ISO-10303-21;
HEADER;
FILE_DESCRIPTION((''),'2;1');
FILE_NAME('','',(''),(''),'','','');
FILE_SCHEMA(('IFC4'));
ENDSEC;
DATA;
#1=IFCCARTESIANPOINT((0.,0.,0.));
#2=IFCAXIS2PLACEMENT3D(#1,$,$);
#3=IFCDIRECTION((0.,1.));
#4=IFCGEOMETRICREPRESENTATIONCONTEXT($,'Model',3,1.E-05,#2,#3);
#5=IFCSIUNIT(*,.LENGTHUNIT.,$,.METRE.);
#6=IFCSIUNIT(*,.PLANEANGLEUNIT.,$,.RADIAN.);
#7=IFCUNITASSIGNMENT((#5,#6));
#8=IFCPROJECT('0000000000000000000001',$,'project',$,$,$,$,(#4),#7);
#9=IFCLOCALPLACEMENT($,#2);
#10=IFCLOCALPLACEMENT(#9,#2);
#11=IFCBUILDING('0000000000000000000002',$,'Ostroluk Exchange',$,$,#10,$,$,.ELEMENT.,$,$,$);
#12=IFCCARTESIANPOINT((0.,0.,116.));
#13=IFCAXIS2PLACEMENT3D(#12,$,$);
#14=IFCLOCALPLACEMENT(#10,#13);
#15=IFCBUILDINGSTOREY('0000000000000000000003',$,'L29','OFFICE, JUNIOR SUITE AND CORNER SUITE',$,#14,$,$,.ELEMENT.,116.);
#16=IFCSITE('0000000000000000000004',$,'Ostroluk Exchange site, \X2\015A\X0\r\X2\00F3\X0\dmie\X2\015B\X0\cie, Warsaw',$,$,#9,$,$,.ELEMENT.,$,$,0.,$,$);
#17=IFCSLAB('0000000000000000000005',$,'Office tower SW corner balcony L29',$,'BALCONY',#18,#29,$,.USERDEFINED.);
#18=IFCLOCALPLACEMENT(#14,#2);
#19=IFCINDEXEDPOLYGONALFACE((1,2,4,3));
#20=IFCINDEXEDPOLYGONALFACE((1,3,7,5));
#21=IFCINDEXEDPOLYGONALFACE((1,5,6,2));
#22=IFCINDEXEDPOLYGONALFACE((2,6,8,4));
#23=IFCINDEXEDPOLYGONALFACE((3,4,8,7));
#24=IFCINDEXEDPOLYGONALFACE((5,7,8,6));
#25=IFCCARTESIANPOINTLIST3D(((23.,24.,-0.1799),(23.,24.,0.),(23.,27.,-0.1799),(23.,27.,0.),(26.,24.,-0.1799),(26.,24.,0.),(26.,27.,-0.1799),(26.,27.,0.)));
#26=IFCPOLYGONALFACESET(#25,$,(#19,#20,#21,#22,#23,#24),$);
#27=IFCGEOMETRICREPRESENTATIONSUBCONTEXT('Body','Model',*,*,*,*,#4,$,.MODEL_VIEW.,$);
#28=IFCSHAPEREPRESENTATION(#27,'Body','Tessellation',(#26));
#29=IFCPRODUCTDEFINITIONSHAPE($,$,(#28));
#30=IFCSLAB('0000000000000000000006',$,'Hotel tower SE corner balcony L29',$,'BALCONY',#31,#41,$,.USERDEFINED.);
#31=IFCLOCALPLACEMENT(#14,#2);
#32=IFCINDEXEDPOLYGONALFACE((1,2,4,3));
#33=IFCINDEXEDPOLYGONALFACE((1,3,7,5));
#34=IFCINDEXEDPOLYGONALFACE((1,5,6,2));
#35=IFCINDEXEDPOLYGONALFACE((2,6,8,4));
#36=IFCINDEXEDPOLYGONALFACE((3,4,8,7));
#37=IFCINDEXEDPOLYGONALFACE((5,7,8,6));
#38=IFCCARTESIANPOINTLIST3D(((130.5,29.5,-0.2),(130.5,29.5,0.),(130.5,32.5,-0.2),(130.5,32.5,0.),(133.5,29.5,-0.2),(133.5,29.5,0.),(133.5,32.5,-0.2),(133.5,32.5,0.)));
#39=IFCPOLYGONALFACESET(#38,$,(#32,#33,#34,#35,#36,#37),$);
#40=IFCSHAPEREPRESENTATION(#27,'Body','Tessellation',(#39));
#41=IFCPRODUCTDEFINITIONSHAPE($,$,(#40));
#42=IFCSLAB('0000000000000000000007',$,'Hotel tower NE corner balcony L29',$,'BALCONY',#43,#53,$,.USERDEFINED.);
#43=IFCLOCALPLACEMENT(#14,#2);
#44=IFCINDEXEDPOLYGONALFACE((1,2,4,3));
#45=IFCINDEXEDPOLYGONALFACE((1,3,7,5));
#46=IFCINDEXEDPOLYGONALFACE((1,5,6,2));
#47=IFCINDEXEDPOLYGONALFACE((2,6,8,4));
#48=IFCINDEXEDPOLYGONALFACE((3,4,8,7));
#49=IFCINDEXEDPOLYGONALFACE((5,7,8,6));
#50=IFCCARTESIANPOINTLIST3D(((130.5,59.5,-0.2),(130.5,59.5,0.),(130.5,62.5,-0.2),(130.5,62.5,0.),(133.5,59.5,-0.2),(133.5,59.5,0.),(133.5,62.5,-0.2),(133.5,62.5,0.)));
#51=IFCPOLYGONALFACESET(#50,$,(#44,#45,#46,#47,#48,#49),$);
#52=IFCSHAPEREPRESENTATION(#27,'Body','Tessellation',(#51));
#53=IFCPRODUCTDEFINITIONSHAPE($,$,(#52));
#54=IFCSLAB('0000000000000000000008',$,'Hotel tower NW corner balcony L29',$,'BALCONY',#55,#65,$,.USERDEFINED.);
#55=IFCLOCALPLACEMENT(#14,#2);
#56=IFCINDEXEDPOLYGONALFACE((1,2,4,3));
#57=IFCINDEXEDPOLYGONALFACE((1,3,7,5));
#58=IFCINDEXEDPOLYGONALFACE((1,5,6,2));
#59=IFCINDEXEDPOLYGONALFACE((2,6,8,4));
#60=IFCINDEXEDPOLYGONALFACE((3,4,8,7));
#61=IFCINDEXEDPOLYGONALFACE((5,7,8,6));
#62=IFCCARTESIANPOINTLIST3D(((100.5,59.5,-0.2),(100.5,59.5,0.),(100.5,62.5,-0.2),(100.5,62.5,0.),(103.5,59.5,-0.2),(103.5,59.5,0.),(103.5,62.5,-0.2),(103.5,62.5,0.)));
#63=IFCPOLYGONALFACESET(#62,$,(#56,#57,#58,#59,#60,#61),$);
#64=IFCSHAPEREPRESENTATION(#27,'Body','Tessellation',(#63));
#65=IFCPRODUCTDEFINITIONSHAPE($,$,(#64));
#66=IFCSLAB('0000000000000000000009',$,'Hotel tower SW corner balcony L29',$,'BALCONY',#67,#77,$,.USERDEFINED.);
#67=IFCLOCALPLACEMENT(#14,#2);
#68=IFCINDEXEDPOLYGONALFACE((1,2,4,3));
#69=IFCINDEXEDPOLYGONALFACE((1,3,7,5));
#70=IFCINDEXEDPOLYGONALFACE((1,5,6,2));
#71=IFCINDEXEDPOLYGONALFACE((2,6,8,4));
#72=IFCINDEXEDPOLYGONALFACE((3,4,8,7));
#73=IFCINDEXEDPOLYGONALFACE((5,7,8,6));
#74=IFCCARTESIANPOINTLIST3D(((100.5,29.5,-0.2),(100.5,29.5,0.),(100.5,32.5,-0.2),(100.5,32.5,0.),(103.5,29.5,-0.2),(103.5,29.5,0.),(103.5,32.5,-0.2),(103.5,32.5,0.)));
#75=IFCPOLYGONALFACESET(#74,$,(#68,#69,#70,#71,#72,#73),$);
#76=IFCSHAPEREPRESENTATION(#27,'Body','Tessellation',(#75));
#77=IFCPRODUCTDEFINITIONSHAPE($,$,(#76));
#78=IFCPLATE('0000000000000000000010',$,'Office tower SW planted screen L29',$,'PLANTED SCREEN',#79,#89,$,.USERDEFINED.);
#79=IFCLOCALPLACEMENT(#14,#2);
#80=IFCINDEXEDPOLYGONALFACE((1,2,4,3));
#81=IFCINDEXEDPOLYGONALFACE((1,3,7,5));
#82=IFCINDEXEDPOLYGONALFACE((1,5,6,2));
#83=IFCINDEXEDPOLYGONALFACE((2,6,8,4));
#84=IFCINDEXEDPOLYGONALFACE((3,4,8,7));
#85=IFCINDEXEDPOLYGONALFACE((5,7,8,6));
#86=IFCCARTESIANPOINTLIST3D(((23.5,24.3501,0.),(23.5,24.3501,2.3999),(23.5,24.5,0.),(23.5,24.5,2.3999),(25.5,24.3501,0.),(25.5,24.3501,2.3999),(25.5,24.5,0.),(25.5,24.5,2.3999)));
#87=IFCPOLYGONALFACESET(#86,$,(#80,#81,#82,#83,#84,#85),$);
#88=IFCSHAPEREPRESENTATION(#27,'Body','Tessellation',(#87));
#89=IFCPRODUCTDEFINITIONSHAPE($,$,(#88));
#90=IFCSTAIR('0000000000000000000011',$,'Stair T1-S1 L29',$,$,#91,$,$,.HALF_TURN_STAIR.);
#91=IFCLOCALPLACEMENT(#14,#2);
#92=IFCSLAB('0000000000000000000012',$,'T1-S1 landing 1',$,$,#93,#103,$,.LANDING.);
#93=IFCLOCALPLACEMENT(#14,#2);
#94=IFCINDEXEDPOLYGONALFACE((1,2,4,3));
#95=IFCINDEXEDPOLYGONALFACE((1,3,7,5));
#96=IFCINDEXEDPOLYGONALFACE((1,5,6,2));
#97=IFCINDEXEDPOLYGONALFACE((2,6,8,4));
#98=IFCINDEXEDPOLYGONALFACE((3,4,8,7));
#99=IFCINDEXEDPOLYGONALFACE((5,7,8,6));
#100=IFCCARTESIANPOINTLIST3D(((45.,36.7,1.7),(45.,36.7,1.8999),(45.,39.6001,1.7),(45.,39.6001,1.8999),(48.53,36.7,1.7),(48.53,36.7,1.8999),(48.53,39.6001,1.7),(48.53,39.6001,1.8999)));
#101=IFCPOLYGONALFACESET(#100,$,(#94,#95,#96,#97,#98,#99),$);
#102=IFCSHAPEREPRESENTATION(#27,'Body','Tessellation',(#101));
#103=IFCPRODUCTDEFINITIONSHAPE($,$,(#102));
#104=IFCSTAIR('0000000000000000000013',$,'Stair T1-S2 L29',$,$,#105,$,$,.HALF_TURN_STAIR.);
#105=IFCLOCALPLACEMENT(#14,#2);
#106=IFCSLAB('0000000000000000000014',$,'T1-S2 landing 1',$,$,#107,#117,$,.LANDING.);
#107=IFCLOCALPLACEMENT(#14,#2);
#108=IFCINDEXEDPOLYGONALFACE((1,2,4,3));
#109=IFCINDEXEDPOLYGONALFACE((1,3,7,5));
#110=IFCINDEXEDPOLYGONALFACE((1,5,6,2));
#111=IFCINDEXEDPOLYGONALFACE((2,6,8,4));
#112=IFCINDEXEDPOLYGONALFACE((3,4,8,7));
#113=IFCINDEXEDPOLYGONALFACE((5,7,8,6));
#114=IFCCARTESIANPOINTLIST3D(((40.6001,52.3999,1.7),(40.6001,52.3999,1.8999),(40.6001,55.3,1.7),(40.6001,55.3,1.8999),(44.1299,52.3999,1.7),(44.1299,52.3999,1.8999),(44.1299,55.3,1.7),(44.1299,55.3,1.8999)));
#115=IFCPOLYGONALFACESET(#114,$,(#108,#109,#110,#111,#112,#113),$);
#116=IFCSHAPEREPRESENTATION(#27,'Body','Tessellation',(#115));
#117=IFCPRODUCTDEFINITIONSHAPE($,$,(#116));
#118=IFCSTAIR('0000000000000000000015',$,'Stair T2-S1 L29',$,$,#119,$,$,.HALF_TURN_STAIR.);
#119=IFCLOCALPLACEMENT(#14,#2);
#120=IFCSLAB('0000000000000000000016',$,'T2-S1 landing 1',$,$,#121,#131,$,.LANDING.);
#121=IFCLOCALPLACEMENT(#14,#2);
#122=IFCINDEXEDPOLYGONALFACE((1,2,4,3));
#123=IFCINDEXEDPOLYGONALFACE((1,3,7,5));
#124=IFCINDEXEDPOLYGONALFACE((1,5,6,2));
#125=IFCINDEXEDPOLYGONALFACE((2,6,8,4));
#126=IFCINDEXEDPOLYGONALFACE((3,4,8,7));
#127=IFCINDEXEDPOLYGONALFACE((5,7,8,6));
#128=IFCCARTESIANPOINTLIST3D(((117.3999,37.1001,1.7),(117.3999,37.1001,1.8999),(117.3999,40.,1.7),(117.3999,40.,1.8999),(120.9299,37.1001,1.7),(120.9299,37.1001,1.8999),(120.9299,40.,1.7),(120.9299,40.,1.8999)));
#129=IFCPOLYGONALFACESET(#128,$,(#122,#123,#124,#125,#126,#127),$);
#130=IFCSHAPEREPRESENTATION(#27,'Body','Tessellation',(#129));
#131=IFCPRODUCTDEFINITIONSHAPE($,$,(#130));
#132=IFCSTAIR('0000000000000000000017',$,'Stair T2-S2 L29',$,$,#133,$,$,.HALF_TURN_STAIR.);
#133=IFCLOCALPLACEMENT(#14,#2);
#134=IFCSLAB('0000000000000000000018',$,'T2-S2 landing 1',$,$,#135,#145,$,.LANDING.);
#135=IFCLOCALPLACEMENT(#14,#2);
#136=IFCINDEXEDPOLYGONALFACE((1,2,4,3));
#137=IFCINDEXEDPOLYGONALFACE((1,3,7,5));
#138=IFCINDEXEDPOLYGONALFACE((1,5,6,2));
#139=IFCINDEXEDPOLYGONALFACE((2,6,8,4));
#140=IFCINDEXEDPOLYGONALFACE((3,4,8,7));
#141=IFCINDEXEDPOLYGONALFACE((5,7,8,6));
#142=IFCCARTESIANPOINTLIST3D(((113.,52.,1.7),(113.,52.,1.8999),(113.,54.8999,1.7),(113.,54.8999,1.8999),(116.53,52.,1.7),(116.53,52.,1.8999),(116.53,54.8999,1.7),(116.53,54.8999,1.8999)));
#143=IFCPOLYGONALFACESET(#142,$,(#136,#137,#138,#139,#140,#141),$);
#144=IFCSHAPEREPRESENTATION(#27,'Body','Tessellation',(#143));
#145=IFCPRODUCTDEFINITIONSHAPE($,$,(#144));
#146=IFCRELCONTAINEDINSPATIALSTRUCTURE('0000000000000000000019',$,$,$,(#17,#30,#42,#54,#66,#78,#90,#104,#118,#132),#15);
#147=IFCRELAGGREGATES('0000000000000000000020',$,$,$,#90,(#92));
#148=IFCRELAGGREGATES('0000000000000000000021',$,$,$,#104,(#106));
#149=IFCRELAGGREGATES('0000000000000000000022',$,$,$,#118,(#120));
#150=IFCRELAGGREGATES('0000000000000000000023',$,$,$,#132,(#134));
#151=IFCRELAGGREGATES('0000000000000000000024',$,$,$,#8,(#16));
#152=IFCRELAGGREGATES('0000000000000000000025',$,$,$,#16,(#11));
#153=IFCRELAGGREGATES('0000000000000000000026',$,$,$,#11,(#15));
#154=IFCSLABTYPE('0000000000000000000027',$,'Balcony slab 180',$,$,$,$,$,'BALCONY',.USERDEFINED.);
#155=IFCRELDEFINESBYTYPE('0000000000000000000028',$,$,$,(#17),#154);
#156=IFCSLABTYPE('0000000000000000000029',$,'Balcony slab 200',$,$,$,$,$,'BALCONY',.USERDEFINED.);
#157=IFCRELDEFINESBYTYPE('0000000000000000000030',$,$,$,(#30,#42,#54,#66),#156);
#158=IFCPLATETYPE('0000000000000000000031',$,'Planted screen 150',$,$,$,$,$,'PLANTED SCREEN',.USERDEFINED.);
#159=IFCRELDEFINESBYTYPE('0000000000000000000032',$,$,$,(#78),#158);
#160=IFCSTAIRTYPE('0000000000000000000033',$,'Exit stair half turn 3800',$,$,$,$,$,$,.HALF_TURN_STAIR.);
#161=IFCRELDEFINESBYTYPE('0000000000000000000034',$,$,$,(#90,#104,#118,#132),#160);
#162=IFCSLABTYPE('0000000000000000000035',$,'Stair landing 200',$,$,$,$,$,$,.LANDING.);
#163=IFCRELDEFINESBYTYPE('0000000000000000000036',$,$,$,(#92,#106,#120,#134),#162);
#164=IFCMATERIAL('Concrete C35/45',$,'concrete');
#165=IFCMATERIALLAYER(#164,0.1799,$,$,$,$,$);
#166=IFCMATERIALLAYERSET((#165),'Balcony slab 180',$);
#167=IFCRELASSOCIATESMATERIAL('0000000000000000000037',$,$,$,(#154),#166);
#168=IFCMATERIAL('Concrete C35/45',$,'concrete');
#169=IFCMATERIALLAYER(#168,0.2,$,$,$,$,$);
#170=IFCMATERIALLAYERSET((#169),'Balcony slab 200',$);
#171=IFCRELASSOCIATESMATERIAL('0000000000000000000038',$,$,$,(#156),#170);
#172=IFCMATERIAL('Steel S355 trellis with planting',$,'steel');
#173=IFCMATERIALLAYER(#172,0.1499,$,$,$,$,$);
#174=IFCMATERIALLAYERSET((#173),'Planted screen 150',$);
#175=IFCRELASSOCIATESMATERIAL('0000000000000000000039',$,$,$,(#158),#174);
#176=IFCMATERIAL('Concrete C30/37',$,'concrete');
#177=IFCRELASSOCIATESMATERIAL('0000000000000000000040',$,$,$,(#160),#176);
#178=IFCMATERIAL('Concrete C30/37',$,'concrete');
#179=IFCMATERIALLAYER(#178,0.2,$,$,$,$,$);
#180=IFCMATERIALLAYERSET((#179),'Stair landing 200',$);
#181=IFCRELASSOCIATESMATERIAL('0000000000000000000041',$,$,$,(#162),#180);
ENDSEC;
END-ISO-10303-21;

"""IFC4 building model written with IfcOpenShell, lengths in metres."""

from ifc_helpers import new_model, si_unit, direction, frame, origin, origin_2d, place, context, subcontext, project, spatial, polyline, rectangle, outline, extrude, material, layer, layer_set, type_object, element, aggregate, save


model = new_model("IFC4")

# Units and contexts
model_context = context("Model", 3, precision=1e-05, world=origin(), true_north=direction((0.0, 1.0)))
body_context = subcontext(model_context, "Body", "Model", "MODEL_VIEW")
ifc_project = project(units=[si_unit("LENGTHUNIT", "METRE"), si_unit("PLANEANGLEUNIT", "RADIAN")], contexts=[model_context])

# Site, building, storey
site_placement = place(None, origin())
site = spatial("IfcSite", under=ifc_project, at=site_placement, Name="Ostroluk Exchange site, Śródmieście, Warsaw", CompositionType="ELEMENT", RefElevation=0.0)
building_placement = place(site_placement, origin())
building = spatial("IfcBuilding", under=site, at=building_placement, Name="Ostroluk Exchange", CompositionType="ELEMENT")
storey_placement = place(building_placement, frame((0.0, 0.0, 116.0)))
storey = spatial("IfcBuildingStorey", under=building, at=storey_placement, Name="L29", Description="OFFICE, JUNIOR SUITE AND CORNER SUITE", CompositionType="ELEMENT", Elevation=116.0)

# Slabs
ifc_material_1 = material(Name="Concrete C35/45", Category="concrete")
ifc_layer_1 = layer(ifc_material_1, 0.1799)
ifc_layer_set_1 = layer_set([ifc_layer_1], Name="Balcony slab 180")
slab_type_1 = type_object("IfcSlabType", Name="Balcony slab 180", ElementType="BALCONY", PredefinedType="USERDEFINED", material=ifc_layer_set_1)
slab_1_placement = place(storey_placement, frame((0.0, 0.0, -0.1799)))
element("IfcSlab", 1, at=slab_1_placement, inside=storey, type_object=slab_type_1, Name="Office tower SW corner balcony L29", ObjectType="BALCONY", PredefinedType="USERDEFINED", context=body_context, shape_type="SweptSolid", body=[
    extrude(outline(polyline([(23.0, 24.0), (26.0, 24.0), (26.0, 27.0), (23.0, 27.0), (23.0, 24.0)])), origin(), (0.0, 0.0, 1.0), 0.1799),
])
ifc_material_2 = material(Name="Concrete C35/45", Category="concrete")
ifc_layer_2 = layer(ifc_material_2, 0.2)
ifc_layer_set_2 = layer_set([ifc_layer_2], Name="Balcony slab 200")
slab_type_2 = type_object("IfcSlabType", Name="Balcony slab 200", ElementType="BALCONY", PredefinedType="USERDEFINED", material=ifc_layer_set_2)
slab_2_placement = place(storey_placement, frame((0.0, 0.0, -0.2)))
element("IfcSlab", 2, at=slab_2_placement, inside=storey, type_object=slab_type_2, Name="Hotel tower SE corner balcony L29", ObjectType="BALCONY", PredefinedType="USERDEFINED", context=body_context, shape_type="SweptSolid", body=[
    extrude(outline(polyline([(130.5, 29.5), (133.5, 29.5), (133.5, 32.5), (130.5, 32.5), (130.5, 29.5)])), origin(), (0.0, 0.0, 1.0), 0.2),
])
slab_3_placement = place(storey_placement, frame((0.0, 0.0, -0.2)))
element("IfcSlab", 3, at=slab_3_placement, inside=storey, type_object=slab_type_2, Name="Hotel tower NE corner balcony L29", ObjectType="BALCONY", PredefinedType="USERDEFINED", context=body_context, shape_type="SweptSolid", body=[
    extrude(outline(polyline([(130.5, 59.5), (133.5, 59.5), (133.5, 62.5), (130.5, 62.5), (130.5, 59.5)])), origin(), (0.0, 0.0, 1.0), 0.2),
])
slab_4_placement = place(storey_placement, frame((0.0, 0.0, -0.2)))
element("IfcSlab", 4, at=slab_4_placement, inside=storey, type_object=slab_type_2, Name="Hotel tower NW corner balcony L29", ObjectType="BALCONY", PredefinedType="USERDEFINED", context=body_context, shape_type="SweptSolid", body=[
    extrude(outline(polyline([(100.5, 59.5), (103.5, 59.5), (103.5, 62.5), (100.5, 62.5), (100.5, 59.5)])), origin(), (0.0, 0.0, 1.0), 0.2),
])
slab_5_placement = place(storey_placement, frame((0.0, 0.0, -0.2)))
element("IfcSlab", 5, at=slab_5_placement, inside=storey, type_object=slab_type_2, Name="Hotel tower SW corner balcony L29", ObjectType="BALCONY", PredefinedType="USERDEFINED", context=body_context, shape_type="SweptSolid", body=[
    extrude(outline(polyline([(100.5, 29.5), (103.5, 29.5), (103.5, 32.5), (100.5, 32.5), (100.5, 29.5)])), origin(), (0.0, 0.0, 1.0), 0.2),
])

# Plate
ifc_material_3 = material(Name="Steel S355 trellis with planting", Category="steel")
ifc_layer_3 = layer(ifc_material_3, 0.1499)
ifc_layer_set_3 = layer_set([ifc_layer_3], Name="Planted screen 150")
plate_type = type_object("IfcPlateType", Name="Planted screen 150", ElementType="PLANTED SCREEN", PredefinedType="USERDEFINED", material=ifc_layer_set_3)
plate_placement = place(storey_placement, frame((24.5, 24.425, 0.0), z_axis=(0.0, 0.0, 1.0), x_axis=(1.0, 0.0, 0.0)))
element("IfcPlate", 6, at=plate_placement, inside=storey, type_object=plate_type, Name="Office tower SW planted screen L29", ObjectType="PLANTED SCREEN", PredefinedType="USERDEFINED", context=body_context, shape_type="SweptSolid", body=[
    extrude(rectangle(XDim=2.0, YDim=0.1499, at=origin_2d()), origin(), (0.0, 0.0, 1.0), 2.3999),
])

# Stairs, slabs
ifc_material_4 = material(Name="Concrete C30/37", Category="concrete")
stair_type = type_object("IfcStairType", Name="Exit stair half turn 3800", PredefinedType="HALF_TURN_STAIR", material=ifc_material_4)
stair_1_placement = place(storey_placement, origin())
stair_1 = element("IfcStair", 7, at=stair_1_placement, inside=storey, type_object=stair_type, Name="Stair T1-S1 L29", PredefinedType="HALF_TURN_STAIR")
ifc_material_5 = material(Name="Concrete C30/37", Category="concrete")
ifc_layer_4 = layer(ifc_material_5, 0.2)
ifc_layer_set_4 = layer_set([ifc_layer_4], Name="Stair landing 200")
slab_type_3 = type_object("IfcSlabType", Name="Stair landing 200", PredefinedType="LANDING", material=ifc_layer_set_4)
slab_6_placement = place(storey_placement, frame((0.0, 0.0, 1.7)))
slab_6 = element("IfcSlab", 8, at=slab_6_placement, type_object=slab_type_3, Name="T1-S1 landing 1", PredefinedType="LANDING", context=body_context, shape_type="SweptSolid", body=[
    extrude(outline(polyline([(45.0, 36.7), (45.0, 39.6001), (48.53, 39.6001), (48.53, 36.7), (45.0, 36.7)])), origin(), (0.0, 0.0, 1.0), 0.2),
])
aggregate(stair_1, [slab_6])
stair_2_placement = place(storey_placement, origin())
stair_2 = element("IfcStair", 9, at=stair_2_placement, inside=storey, type_object=stair_type, Name="Stair T1-S2 L29", PredefinedType="HALF_TURN_STAIR")
slab_7_placement = place(storey_placement, frame((0.0, 0.0, 1.7)))
slab_7 = element("IfcSlab", 10, at=slab_7_placement, type_object=slab_type_3, Name="T1-S2 landing 1", PredefinedType="LANDING", context=body_context, shape_type="SweptSolid", body=[
    extrude(outline(polyline([(44.1299, 52.3999), (44.1299, 55.3), (40.6001, 55.3), (40.6001, 52.3999), (44.1299, 52.3999)])), origin(), (0.0, 0.0, 1.0), 0.2),
])
aggregate(stair_2, [slab_7])
stair_3_placement = place(storey_placement, origin())
stair_3 = element("IfcStair", 11, at=stair_3_placement, inside=storey, type_object=stair_type, Name="Stair T2-S1 L29", PredefinedType="HALF_TURN_STAIR")
slab_8_placement = place(storey_placement, frame((0.0, 0.0, 1.7)))
slab_8 = element("IfcSlab", 12, at=slab_8_placement, type_object=slab_type_3, Name="T2-S1 landing 1", PredefinedType="LANDING", context=body_context, shape_type="SweptSolid", body=[
    extrude(outline(polyline([(117.3999, 37.1001), (117.3999, 40.0), (120.9299, 40.0), (120.9299, 37.1001), (117.3999, 37.1001)])), origin(), (0.0, 0.0, 1.0), 0.2),
])
aggregate(stair_3, [slab_8])
stair_4_placement = place(storey_placement, origin())
stair_4 = element("IfcStair", 13, at=stair_4_placement, inside=storey, type_object=stair_type, Name="Stair T2-S2 L29", PredefinedType="HALF_TURN_STAIR")
slab_9_placement = place(storey_placement, frame((0.0, 0.0, 1.7)))
slab_9 = element("IfcSlab", 14, at=slab_9_placement, type_object=slab_type_3, Name="T2-S2 landing 1", PredefinedType="LANDING", context=body_context, shape_type="SweptSolid", body=[
    extrude(outline(polyline([(116.53, 52.0), (116.53, 54.8999), (113.0, 54.8999), (113.0, 52.0), (116.53, 52.0)])), origin(), (0.0, 0.0, 1.0), 0.2),
])
aggregate(stair_4, [slab_9])

save(model, "model.ifc")
